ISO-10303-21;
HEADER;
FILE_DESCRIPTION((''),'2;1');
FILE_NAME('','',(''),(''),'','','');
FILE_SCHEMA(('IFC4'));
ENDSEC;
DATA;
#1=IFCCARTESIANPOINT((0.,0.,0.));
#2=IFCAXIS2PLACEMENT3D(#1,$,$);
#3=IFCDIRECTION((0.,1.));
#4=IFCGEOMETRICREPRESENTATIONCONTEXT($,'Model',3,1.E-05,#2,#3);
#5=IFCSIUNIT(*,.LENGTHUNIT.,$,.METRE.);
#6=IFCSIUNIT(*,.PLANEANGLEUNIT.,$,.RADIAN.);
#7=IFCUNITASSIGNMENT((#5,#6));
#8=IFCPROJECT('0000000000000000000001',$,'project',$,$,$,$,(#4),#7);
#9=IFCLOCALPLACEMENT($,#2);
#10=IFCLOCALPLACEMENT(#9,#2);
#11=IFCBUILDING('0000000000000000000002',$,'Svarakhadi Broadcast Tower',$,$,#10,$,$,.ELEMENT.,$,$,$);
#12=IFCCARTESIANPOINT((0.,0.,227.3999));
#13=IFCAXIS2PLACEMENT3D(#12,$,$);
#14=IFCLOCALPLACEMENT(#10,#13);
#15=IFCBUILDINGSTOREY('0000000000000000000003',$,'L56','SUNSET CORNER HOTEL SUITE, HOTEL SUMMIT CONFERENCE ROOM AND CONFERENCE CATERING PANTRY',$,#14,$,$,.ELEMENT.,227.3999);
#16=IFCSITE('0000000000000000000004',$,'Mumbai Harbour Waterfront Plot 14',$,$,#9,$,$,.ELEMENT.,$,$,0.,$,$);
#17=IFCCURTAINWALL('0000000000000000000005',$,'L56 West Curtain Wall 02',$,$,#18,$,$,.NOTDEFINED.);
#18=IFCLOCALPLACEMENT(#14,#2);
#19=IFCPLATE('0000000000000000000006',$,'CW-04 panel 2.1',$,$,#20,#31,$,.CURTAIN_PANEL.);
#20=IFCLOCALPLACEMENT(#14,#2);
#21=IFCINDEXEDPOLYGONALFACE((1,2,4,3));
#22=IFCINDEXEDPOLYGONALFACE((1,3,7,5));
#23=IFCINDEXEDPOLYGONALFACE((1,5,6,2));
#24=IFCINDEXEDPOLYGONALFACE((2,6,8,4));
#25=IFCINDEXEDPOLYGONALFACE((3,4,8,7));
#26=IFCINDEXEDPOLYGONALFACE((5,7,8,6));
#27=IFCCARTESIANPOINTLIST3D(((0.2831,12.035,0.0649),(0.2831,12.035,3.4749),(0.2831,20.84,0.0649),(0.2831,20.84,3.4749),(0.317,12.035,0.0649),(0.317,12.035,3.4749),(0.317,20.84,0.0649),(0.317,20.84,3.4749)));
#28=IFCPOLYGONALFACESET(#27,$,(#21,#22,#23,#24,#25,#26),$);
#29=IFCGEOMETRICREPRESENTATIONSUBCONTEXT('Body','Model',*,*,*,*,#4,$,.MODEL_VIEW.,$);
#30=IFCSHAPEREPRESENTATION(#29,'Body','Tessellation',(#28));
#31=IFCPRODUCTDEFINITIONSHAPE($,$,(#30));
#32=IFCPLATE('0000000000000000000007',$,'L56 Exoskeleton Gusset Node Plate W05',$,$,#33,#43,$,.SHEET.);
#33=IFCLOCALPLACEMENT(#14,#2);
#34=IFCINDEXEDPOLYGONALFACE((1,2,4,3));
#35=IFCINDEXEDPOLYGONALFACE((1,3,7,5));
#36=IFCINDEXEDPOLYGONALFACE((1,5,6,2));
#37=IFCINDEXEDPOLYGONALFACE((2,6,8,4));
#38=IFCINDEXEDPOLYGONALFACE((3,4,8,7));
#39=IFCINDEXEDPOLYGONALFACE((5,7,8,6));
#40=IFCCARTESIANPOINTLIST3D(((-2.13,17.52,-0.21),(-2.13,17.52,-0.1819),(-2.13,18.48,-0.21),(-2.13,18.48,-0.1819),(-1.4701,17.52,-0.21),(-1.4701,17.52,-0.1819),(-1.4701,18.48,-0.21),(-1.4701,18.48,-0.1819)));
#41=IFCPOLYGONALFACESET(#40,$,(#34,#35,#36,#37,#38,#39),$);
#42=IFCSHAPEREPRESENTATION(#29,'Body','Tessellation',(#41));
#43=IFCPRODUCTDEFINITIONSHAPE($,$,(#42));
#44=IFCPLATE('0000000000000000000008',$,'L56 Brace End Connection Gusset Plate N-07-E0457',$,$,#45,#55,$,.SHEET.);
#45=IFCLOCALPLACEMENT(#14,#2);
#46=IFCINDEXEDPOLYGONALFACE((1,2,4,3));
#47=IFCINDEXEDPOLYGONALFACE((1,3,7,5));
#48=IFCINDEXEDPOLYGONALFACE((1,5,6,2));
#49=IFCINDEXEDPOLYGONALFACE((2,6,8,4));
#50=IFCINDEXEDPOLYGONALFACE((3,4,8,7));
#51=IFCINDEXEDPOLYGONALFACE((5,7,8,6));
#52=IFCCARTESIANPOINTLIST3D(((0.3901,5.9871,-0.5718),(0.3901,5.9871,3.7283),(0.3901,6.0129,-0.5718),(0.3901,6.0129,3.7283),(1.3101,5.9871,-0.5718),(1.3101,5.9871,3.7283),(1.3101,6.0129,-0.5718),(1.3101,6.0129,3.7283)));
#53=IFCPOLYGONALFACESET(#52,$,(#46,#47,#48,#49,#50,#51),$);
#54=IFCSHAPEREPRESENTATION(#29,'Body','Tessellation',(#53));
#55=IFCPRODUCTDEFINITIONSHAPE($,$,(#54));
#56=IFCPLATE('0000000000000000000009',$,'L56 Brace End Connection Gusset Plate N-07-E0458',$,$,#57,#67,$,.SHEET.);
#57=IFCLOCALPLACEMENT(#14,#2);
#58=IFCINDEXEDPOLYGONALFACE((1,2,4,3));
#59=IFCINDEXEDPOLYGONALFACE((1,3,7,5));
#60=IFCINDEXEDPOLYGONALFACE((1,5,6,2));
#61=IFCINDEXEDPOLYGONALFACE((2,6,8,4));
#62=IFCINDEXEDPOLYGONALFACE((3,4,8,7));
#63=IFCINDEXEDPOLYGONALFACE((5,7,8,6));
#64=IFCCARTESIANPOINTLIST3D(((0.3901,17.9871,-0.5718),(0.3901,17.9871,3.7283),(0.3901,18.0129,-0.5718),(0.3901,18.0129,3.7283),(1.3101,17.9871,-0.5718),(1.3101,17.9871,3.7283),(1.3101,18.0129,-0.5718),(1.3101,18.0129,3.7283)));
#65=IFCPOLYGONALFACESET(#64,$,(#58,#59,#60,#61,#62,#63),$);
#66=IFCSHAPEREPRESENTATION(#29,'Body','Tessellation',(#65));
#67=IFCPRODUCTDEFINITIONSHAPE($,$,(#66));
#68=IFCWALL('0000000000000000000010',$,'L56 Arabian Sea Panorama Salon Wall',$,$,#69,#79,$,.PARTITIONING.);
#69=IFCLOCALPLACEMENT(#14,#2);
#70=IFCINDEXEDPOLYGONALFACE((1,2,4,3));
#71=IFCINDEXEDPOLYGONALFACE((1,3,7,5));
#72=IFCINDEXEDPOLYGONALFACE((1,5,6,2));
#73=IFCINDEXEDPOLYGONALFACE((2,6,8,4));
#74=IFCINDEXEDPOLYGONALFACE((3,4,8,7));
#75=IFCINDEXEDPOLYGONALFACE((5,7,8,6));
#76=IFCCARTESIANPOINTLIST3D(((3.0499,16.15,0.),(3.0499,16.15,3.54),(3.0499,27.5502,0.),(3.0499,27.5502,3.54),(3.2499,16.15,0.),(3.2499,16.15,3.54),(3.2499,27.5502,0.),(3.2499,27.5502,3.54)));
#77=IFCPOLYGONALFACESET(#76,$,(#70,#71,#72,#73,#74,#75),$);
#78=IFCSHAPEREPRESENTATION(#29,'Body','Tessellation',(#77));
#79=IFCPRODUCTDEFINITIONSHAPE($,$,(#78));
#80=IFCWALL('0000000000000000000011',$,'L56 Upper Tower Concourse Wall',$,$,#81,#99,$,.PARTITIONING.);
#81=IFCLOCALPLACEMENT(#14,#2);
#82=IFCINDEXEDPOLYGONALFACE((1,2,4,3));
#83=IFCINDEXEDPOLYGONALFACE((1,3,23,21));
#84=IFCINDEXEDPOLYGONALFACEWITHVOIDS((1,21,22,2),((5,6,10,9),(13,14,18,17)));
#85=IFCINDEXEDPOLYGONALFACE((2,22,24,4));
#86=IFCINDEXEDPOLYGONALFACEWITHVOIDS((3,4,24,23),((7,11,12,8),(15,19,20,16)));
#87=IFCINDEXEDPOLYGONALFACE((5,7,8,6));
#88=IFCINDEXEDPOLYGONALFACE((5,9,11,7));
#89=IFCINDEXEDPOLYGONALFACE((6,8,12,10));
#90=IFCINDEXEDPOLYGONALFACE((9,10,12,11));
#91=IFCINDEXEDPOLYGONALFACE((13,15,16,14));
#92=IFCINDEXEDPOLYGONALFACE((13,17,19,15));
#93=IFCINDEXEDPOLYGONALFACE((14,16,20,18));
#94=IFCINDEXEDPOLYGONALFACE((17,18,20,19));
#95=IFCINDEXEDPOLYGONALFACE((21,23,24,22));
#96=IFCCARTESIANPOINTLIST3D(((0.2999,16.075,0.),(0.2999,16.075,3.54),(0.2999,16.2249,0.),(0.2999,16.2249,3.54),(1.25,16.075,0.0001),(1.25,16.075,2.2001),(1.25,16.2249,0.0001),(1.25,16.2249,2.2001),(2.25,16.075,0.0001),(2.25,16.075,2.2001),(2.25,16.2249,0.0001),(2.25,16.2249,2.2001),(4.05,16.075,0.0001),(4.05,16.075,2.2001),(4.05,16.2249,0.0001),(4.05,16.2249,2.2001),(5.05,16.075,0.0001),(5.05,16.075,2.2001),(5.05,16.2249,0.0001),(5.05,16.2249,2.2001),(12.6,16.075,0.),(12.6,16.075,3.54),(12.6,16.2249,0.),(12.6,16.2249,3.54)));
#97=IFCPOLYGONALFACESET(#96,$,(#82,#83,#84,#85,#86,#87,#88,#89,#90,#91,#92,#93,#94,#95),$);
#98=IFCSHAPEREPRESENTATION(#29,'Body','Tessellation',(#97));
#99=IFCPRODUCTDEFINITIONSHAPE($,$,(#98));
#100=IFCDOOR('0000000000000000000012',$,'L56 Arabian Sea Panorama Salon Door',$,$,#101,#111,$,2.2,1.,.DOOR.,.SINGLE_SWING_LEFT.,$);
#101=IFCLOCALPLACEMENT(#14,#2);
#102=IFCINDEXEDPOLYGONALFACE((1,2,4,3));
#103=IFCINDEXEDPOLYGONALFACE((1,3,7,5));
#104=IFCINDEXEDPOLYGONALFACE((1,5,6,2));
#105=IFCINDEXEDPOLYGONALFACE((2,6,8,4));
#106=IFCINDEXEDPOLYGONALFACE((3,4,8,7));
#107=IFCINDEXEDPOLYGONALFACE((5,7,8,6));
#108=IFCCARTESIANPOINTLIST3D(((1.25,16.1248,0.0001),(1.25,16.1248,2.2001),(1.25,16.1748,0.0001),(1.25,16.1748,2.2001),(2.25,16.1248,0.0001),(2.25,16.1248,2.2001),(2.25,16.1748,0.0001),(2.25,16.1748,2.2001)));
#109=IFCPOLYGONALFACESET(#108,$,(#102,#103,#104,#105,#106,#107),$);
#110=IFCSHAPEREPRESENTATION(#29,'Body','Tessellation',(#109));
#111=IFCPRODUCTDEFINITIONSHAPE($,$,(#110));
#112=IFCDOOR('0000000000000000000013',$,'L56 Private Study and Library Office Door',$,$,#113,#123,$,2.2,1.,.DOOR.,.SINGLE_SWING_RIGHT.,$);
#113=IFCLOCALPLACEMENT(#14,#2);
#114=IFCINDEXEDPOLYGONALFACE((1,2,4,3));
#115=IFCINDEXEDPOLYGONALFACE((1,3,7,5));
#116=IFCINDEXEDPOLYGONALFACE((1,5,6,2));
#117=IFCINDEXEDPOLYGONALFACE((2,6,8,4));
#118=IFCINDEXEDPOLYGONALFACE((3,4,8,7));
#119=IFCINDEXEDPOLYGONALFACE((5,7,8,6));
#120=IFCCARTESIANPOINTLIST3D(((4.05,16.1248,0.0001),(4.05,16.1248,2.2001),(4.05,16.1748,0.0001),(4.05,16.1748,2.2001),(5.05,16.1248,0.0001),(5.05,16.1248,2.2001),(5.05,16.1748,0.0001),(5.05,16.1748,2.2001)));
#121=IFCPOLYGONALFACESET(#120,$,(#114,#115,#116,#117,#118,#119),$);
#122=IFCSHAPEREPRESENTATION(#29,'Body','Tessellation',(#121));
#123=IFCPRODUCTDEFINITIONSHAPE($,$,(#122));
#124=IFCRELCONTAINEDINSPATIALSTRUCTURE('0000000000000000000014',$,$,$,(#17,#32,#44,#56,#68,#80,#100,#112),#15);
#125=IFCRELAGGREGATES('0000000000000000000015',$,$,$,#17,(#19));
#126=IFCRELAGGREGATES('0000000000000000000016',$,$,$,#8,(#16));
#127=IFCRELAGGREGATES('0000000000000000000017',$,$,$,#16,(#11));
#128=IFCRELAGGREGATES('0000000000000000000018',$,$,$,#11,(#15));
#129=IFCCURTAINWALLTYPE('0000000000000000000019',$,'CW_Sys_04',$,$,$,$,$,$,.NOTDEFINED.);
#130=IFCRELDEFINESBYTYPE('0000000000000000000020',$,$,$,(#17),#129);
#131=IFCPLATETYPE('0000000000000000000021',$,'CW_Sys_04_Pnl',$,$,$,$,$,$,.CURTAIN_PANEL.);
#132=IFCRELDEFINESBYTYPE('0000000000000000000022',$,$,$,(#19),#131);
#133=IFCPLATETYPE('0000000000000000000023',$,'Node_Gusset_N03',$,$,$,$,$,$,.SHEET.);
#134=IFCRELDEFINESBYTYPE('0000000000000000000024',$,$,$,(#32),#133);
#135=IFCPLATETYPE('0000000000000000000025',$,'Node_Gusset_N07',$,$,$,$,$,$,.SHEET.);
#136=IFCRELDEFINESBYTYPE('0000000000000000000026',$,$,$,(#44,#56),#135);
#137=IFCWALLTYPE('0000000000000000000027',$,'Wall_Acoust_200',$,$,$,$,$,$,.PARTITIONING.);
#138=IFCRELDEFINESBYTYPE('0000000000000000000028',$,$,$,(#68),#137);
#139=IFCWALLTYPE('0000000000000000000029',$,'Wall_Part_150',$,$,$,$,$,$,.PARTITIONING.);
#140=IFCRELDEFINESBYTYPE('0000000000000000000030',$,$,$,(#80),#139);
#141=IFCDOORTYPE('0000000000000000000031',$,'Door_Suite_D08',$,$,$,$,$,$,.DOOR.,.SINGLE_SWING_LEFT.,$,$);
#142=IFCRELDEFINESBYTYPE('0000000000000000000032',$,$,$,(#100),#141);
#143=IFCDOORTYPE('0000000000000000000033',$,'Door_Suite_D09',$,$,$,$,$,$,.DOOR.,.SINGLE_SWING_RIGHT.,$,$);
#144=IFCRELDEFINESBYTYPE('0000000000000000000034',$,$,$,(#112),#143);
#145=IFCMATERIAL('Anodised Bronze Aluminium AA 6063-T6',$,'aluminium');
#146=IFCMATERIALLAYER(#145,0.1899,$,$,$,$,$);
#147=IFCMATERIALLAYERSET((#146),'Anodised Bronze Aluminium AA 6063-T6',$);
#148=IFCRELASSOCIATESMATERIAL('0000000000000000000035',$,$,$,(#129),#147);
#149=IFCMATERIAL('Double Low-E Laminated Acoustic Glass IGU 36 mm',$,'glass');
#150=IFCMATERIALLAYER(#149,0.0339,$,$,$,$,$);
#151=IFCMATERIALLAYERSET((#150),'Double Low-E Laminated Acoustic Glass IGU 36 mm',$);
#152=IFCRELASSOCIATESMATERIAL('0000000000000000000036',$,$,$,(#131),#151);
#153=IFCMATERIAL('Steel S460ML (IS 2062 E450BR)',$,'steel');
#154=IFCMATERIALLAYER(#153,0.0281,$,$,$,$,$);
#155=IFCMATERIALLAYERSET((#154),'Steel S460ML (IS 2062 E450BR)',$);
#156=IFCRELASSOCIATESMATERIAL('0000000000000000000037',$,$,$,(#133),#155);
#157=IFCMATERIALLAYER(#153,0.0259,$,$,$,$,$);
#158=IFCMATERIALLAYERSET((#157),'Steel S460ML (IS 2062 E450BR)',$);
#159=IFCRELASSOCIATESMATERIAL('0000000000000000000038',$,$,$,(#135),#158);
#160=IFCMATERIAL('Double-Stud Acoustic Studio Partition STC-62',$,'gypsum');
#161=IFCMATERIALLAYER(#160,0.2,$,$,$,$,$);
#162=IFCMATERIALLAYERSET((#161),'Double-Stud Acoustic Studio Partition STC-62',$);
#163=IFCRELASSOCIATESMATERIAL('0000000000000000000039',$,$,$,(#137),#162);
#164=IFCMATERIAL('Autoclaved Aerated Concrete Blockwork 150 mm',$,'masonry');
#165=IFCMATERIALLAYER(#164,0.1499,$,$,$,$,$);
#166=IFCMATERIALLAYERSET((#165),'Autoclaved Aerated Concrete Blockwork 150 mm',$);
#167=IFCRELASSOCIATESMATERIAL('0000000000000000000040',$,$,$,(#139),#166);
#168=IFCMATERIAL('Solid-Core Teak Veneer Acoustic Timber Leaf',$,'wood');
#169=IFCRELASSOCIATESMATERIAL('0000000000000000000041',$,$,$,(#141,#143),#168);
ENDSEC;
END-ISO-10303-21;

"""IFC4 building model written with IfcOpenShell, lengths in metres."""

from ifc_helpers import new_model, si_unit, direction, frame, frame_2d, origin, origin_2d, place, context, subcontext, project, spatial, rectangle, extrude, material, layer, layer_set, type_object, element, fill, aggregate, save


model = new_model("IFC4")

# Units and contexts
model_context = context("Model", 3, precision=1e-05, world=origin(), true_north=direction((0.0, 1.0)))
body_context = subcontext(model_context, "Body", "Model", "MODEL_VIEW")
ifc_project = project(units=[si_unit("LENGTHUNIT", "METRE"), si_unit("PLANEANGLEUNIT", "RADIAN")], contexts=[model_context])

# Site, building, storey
site_placement = place(None, origin())
site = spatial("IfcSite", under=ifc_project, at=site_placement, Name="Mumbai Harbour Waterfront Plot 14", CompositionType="ELEMENT", RefElevation=0.0)
building_placement = place(site_placement, origin())
building = spatial("IfcBuilding", under=site, at=building_placement, Name="Svarakhadi Broadcast Tower", CompositionType="ELEMENT")
storey_placement = place(building_placement, frame((0.0, 0.0, 227.3999)))
storey = spatial("IfcBuildingStorey", under=building, at=storey_placement, Name="L56", Description="SUNSET CORNER HOTEL SUITE, HOTEL SUMMIT CONFERENCE ROOM AND CONFERENCE CATERING PANTRY", CompositionType="ELEMENT", Elevation=227.3999)

# Shared definitions
ifc_material_1 = material(Name="Steel S460ML (IS 2062 E450BR)", Category="steel")

# Curtain wall
ifc_material_2 = material(Name="Anodised Bronze Aluminium AA 6063-T6", Category="aluminium")
ifc_layer_1 = layer(ifc_material_2, 0.1899)
ifc_layer_set_1 = layer_set([ifc_layer_1], Name="Anodised Bronze Aluminium AA 6063-T6")
curtain_wall_type = type_object("IfcCurtainWallType", Name="CW_Sys_04", PredefinedType="NOTDEFINED", material=ifc_layer_set_1)
curtain_wall_placement = place(storey_placement, origin())
curtain_wall = element("IfcCurtainWall", 1, at=curtain_wall_placement, inside=storey, type_object=curtain_wall_type, Name="L56 West Curtain Wall 02", PredefinedType="NOTDEFINED")

# Plate
ifc_material_3 = material(Name="Double Low-E Laminated Acoustic Glass IGU 36 mm", Category="glass")
ifc_layer_2 = layer(ifc_material_3, 0.0339)
ifc_layer_set_2 = layer_set([ifc_layer_2], Name="Double Low-E Laminated Acoustic Glass IGU 36 mm")
plate_type_1 = type_object("IfcPlateType", Name="CW_Sys_04_Pnl", PredefinedType="CURTAIN_PANEL", material=ifc_layer_set_2)
plate_1_placement = place(storey_placement, frame((0.3, 16.4375, 0.0649), z_axis=(0.0, 0.0, 1.0), x_axis=(0.0, 1.0, 0.0)))
plate_1 = element("IfcPlate", 2, at=plate_1_placement, type_object=plate_type_1, Name="CW-04 panel 2.1", PredefinedType="CURTAIN_PANEL", context=body_context, shape_type="SweptSolid", body=[
    extrude(rectangle(XDim=8.8049, YDim=0.0339, at=origin_2d()), origin(), (0.0, 0.0, 1.0), 3.4099),
])
aggregate(curtain_wall, [plate_1])

# Plates
ifc_layer_3 = layer(ifc_material_1, 0.0281)
ifc_layer_set_3 = layer_set([ifc_layer_3], Name="Steel S460ML (IS 2062 E450BR)")
plate_type_2 = type_object("IfcPlateType", Name="Node_Gusset_N03", PredefinedType="SHEET", material=ifc_layer_set_3)
plate_2_placement = place(storey_placement, frame((-1.8, 18.0, -0.21), z_axis=(0.0, 0.0, 1.0), x_axis=(0.0, 1.0, 0.0)))
element("IfcPlate", 3, at=plate_2_placement, inside=storey, type_object=plate_type_2, Name="L56 Exoskeleton Gusset Node Plate W05", PredefinedType="SHEET", context=body_context, shape_type="SweptSolid", body=[
    extrude(rectangle(XDim=0.96, YDim=0.6599, at=origin_2d()), origin(), (0.0, 0.0, 1.0), 0.0281),
])
ifc_layer_4 = layer(ifc_material_1, 0.0259)
ifc_layer_set_4 = layer_set([ifc_layer_4], Name="Steel S460ML (IS 2062 E450BR)")
plate_type_3 = type_object("IfcPlateType", Name="Node_Gusset_N07", PredefinedType="SHEET", material=ifc_layer_set_4)
for number, where, z_axis, x_axis, name in (
    (4, (0.8501, 6.0, -0.5718), (0.0, 0.0, 1.0), (1.0, 0.0, 0.0), "L56 Brace End Connection Gusset Plate N-07-E0457"),
    (5, (0.8501, 18.0, -0.5718), (0.0, 0.0, 1.0), (1.0, 0.0, 0.0), "L56 Brace End Connection Gusset Plate N-07-E0458"),
):
    element("IfcPlate", number, at=place(storey_placement, frame(where, z_axis=z_axis, x_axis=x_axis)), inside=storey, type_object=plate_type_3, Name=name, PredefinedType="SHEET", context=body_context, shape_type="SweptSolid", body=[
        extrude(rectangle(XDim=0.9199, YDim=0.0259, at=origin_2d()), origin(), (0.0, 0.0, 1.0), 4.3),
    ])

# Wall
ifc_material_4 = material(Name="Double-Stud Acoustic Studio Partition STC-62", Category="gypsum")
ifc_layer_5 = layer(ifc_material_4, 0.2)
ifc_layer_set_5 = layer_set([ifc_layer_5], Name="Double-Stud Acoustic Studio Partition STC-62")
wall_type_1 = type_object("IfcWallType", Name="Wall_Acoust_200", PredefinedType="PARTITIONING", material=ifc_layer_set_5)
wall_1_placement = place(storey_placement, frame((3.1499, 16.1499, 0.0), z_axis=(0.0, 0.0, 1.0), x_axis=(0.0, 1.0, 0.0)))
element("IfcWall", 6, at=wall_1_placement, inside=storey, type_object=wall_type_1, Name="L56 Arabian Sea Panorama Salon Wall", PredefinedType="PARTITIONING", context=body_context, shape_type="SweptSolid", body=[
    extrude(rectangle(XDim=11.4001, YDim=0.2, at=frame_2d((5.7002, 0.0))), origin(), (0.0, 0.0, 1.0), 3.54),
])

# Wall, openings, doors
ifc_material_5 = material(Name="Autoclaved Aerated Concrete Blockwork 150 mm", Category="masonry")
ifc_layer_6 = layer(ifc_material_5, 0.1499)
ifc_layer_set_6 = layer_set([ifc_layer_6], Name="Autoclaved Aerated Concrete Blockwork 150 mm")
wall_type_2 = type_object("IfcWallType", Name="Wall_Part_150", PredefinedType="PARTITIONING", material=ifc_layer_set_6)
wall_2_placement = place(storey_placement, frame((0.3, 16.1499, 0.0), z_axis=(0.0, 0.0, 1.0), x_axis=(1.0, 0.0, 0.0)))
wall_2 = element("IfcWall", 7, at=wall_2_placement, inside=storey, type_object=wall_type_2, Name="L56 Upper Tower Concourse Wall", PredefinedType="PARTITIONING", context=body_context, shape_type="SweptSolid", body=[
    extrude(rectangle(XDim=12.3, YDim=0.1499, at=frame_2d((6.1499, 0.0))), origin(), (0.0, 0.0, 1.0), 3.54),
])
opening_1_placement = place(wall_2_placement, frame((0.95, 0.0, 0.0)))
opening_1 = element("IfcOpeningElement", 8, at=opening_1_placement, cuts=wall_2, PredefinedType="OPENING", context=body_context, shape_type="SweptSolid", body=[
    extrude(rectangle(XDim=1.0, YDim=2.2, at=frame_2d((0.5, 1.1001))), frame((0.0, 0.085, 0.0), z_axis=(0.0, -1.0, 0.0), x_axis=(1.0, 0.0, 0.0)), (0.0, 0.0, 1.0), 0.1699),
])
opening_2_placement = place(wall_2_placement, frame((3.75, 0.0, 0.0)))
opening_2 = element("IfcOpeningElement", 9, at=opening_2_placement, cuts=wall_2, PredefinedType="OPENING", context=body_context, shape_type="SweptSolid", body=[
    extrude(rectangle(XDim=1.0, YDim=2.2, at=frame_2d((0.5, 1.1001))), frame((0.0, 0.085, 0.0), z_axis=(0.0, -1.0, 0.0), x_axis=(1.0, 0.0, 0.0)), (0.0, 0.0, 1.0), 0.1699),
])
ifc_material_6 = material(Name="Solid-Core Teak Veneer Acoustic Timber Leaf", Category="wood")
door_type_1 = type_object("IfcDoorType", Name="Door_Suite_D08", OperationType="SINGLE_SWING_LEFT", PredefinedType="DOOR", material=ifc_material_6)
door_1_placement = place(opening_1_placement, origin())
door_1 = element("IfcDoor", 10, at=door_1_placement, inside=storey, type_object=door_type_1, Name="L56 Arabian Sea Panorama Salon Door", OperationType="SINGLE_SWING_LEFT", OverallHeight=2.2, OverallWidth=1.0, PredefinedType="DOOR", context=body_context, shape_type="SweptSolid", body=[
    extrude(rectangle(XDim=1.0, YDim=2.2, at=frame_2d((0.5, 1.1001))), frame((0.0, 0.0249, 0.0), z_axis=(0.0, -1.0, 0.0), x_axis=(1.0, 0.0, 0.0)), (0.0, 0.0, 1.0), 0.05),
])
fill(opening_1, door_1)
door_type_2 = type_object("IfcDoorType", Name="Door_Suite_D09", OperationType="SINGLE_SWING_RIGHT", PredefinedType="DOOR", material=ifc_material_6)
door_2_placement = place(opening_2_placement, origin())
door_2 = element("IfcDoor", 11, at=door_2_placement, inside=storey, type_object=door_type_2, Name="L56 Private Study and Library Office Door", OperationType="SINGLE_SWING_RIGHT", OverallHeight=2.2, OverallWidth=1.0, PredefinedType="DOOR", context=body_context, shape_type="SweptSolid", body=[
    extrude(rectangle(XDim=1.0, YDim=2.2, at=frame_2d((0.5, 1.1001))), frame((0.0, 0.0249, 0.0), z_axis=(0.0, -1.0, 0.0), x_axis=(1.0, 0.0, 0.0)), (0.0, 0.0, 1.0), 0.05),
])
fill(opening_2, door_2)

save(model, "model.ifc")
